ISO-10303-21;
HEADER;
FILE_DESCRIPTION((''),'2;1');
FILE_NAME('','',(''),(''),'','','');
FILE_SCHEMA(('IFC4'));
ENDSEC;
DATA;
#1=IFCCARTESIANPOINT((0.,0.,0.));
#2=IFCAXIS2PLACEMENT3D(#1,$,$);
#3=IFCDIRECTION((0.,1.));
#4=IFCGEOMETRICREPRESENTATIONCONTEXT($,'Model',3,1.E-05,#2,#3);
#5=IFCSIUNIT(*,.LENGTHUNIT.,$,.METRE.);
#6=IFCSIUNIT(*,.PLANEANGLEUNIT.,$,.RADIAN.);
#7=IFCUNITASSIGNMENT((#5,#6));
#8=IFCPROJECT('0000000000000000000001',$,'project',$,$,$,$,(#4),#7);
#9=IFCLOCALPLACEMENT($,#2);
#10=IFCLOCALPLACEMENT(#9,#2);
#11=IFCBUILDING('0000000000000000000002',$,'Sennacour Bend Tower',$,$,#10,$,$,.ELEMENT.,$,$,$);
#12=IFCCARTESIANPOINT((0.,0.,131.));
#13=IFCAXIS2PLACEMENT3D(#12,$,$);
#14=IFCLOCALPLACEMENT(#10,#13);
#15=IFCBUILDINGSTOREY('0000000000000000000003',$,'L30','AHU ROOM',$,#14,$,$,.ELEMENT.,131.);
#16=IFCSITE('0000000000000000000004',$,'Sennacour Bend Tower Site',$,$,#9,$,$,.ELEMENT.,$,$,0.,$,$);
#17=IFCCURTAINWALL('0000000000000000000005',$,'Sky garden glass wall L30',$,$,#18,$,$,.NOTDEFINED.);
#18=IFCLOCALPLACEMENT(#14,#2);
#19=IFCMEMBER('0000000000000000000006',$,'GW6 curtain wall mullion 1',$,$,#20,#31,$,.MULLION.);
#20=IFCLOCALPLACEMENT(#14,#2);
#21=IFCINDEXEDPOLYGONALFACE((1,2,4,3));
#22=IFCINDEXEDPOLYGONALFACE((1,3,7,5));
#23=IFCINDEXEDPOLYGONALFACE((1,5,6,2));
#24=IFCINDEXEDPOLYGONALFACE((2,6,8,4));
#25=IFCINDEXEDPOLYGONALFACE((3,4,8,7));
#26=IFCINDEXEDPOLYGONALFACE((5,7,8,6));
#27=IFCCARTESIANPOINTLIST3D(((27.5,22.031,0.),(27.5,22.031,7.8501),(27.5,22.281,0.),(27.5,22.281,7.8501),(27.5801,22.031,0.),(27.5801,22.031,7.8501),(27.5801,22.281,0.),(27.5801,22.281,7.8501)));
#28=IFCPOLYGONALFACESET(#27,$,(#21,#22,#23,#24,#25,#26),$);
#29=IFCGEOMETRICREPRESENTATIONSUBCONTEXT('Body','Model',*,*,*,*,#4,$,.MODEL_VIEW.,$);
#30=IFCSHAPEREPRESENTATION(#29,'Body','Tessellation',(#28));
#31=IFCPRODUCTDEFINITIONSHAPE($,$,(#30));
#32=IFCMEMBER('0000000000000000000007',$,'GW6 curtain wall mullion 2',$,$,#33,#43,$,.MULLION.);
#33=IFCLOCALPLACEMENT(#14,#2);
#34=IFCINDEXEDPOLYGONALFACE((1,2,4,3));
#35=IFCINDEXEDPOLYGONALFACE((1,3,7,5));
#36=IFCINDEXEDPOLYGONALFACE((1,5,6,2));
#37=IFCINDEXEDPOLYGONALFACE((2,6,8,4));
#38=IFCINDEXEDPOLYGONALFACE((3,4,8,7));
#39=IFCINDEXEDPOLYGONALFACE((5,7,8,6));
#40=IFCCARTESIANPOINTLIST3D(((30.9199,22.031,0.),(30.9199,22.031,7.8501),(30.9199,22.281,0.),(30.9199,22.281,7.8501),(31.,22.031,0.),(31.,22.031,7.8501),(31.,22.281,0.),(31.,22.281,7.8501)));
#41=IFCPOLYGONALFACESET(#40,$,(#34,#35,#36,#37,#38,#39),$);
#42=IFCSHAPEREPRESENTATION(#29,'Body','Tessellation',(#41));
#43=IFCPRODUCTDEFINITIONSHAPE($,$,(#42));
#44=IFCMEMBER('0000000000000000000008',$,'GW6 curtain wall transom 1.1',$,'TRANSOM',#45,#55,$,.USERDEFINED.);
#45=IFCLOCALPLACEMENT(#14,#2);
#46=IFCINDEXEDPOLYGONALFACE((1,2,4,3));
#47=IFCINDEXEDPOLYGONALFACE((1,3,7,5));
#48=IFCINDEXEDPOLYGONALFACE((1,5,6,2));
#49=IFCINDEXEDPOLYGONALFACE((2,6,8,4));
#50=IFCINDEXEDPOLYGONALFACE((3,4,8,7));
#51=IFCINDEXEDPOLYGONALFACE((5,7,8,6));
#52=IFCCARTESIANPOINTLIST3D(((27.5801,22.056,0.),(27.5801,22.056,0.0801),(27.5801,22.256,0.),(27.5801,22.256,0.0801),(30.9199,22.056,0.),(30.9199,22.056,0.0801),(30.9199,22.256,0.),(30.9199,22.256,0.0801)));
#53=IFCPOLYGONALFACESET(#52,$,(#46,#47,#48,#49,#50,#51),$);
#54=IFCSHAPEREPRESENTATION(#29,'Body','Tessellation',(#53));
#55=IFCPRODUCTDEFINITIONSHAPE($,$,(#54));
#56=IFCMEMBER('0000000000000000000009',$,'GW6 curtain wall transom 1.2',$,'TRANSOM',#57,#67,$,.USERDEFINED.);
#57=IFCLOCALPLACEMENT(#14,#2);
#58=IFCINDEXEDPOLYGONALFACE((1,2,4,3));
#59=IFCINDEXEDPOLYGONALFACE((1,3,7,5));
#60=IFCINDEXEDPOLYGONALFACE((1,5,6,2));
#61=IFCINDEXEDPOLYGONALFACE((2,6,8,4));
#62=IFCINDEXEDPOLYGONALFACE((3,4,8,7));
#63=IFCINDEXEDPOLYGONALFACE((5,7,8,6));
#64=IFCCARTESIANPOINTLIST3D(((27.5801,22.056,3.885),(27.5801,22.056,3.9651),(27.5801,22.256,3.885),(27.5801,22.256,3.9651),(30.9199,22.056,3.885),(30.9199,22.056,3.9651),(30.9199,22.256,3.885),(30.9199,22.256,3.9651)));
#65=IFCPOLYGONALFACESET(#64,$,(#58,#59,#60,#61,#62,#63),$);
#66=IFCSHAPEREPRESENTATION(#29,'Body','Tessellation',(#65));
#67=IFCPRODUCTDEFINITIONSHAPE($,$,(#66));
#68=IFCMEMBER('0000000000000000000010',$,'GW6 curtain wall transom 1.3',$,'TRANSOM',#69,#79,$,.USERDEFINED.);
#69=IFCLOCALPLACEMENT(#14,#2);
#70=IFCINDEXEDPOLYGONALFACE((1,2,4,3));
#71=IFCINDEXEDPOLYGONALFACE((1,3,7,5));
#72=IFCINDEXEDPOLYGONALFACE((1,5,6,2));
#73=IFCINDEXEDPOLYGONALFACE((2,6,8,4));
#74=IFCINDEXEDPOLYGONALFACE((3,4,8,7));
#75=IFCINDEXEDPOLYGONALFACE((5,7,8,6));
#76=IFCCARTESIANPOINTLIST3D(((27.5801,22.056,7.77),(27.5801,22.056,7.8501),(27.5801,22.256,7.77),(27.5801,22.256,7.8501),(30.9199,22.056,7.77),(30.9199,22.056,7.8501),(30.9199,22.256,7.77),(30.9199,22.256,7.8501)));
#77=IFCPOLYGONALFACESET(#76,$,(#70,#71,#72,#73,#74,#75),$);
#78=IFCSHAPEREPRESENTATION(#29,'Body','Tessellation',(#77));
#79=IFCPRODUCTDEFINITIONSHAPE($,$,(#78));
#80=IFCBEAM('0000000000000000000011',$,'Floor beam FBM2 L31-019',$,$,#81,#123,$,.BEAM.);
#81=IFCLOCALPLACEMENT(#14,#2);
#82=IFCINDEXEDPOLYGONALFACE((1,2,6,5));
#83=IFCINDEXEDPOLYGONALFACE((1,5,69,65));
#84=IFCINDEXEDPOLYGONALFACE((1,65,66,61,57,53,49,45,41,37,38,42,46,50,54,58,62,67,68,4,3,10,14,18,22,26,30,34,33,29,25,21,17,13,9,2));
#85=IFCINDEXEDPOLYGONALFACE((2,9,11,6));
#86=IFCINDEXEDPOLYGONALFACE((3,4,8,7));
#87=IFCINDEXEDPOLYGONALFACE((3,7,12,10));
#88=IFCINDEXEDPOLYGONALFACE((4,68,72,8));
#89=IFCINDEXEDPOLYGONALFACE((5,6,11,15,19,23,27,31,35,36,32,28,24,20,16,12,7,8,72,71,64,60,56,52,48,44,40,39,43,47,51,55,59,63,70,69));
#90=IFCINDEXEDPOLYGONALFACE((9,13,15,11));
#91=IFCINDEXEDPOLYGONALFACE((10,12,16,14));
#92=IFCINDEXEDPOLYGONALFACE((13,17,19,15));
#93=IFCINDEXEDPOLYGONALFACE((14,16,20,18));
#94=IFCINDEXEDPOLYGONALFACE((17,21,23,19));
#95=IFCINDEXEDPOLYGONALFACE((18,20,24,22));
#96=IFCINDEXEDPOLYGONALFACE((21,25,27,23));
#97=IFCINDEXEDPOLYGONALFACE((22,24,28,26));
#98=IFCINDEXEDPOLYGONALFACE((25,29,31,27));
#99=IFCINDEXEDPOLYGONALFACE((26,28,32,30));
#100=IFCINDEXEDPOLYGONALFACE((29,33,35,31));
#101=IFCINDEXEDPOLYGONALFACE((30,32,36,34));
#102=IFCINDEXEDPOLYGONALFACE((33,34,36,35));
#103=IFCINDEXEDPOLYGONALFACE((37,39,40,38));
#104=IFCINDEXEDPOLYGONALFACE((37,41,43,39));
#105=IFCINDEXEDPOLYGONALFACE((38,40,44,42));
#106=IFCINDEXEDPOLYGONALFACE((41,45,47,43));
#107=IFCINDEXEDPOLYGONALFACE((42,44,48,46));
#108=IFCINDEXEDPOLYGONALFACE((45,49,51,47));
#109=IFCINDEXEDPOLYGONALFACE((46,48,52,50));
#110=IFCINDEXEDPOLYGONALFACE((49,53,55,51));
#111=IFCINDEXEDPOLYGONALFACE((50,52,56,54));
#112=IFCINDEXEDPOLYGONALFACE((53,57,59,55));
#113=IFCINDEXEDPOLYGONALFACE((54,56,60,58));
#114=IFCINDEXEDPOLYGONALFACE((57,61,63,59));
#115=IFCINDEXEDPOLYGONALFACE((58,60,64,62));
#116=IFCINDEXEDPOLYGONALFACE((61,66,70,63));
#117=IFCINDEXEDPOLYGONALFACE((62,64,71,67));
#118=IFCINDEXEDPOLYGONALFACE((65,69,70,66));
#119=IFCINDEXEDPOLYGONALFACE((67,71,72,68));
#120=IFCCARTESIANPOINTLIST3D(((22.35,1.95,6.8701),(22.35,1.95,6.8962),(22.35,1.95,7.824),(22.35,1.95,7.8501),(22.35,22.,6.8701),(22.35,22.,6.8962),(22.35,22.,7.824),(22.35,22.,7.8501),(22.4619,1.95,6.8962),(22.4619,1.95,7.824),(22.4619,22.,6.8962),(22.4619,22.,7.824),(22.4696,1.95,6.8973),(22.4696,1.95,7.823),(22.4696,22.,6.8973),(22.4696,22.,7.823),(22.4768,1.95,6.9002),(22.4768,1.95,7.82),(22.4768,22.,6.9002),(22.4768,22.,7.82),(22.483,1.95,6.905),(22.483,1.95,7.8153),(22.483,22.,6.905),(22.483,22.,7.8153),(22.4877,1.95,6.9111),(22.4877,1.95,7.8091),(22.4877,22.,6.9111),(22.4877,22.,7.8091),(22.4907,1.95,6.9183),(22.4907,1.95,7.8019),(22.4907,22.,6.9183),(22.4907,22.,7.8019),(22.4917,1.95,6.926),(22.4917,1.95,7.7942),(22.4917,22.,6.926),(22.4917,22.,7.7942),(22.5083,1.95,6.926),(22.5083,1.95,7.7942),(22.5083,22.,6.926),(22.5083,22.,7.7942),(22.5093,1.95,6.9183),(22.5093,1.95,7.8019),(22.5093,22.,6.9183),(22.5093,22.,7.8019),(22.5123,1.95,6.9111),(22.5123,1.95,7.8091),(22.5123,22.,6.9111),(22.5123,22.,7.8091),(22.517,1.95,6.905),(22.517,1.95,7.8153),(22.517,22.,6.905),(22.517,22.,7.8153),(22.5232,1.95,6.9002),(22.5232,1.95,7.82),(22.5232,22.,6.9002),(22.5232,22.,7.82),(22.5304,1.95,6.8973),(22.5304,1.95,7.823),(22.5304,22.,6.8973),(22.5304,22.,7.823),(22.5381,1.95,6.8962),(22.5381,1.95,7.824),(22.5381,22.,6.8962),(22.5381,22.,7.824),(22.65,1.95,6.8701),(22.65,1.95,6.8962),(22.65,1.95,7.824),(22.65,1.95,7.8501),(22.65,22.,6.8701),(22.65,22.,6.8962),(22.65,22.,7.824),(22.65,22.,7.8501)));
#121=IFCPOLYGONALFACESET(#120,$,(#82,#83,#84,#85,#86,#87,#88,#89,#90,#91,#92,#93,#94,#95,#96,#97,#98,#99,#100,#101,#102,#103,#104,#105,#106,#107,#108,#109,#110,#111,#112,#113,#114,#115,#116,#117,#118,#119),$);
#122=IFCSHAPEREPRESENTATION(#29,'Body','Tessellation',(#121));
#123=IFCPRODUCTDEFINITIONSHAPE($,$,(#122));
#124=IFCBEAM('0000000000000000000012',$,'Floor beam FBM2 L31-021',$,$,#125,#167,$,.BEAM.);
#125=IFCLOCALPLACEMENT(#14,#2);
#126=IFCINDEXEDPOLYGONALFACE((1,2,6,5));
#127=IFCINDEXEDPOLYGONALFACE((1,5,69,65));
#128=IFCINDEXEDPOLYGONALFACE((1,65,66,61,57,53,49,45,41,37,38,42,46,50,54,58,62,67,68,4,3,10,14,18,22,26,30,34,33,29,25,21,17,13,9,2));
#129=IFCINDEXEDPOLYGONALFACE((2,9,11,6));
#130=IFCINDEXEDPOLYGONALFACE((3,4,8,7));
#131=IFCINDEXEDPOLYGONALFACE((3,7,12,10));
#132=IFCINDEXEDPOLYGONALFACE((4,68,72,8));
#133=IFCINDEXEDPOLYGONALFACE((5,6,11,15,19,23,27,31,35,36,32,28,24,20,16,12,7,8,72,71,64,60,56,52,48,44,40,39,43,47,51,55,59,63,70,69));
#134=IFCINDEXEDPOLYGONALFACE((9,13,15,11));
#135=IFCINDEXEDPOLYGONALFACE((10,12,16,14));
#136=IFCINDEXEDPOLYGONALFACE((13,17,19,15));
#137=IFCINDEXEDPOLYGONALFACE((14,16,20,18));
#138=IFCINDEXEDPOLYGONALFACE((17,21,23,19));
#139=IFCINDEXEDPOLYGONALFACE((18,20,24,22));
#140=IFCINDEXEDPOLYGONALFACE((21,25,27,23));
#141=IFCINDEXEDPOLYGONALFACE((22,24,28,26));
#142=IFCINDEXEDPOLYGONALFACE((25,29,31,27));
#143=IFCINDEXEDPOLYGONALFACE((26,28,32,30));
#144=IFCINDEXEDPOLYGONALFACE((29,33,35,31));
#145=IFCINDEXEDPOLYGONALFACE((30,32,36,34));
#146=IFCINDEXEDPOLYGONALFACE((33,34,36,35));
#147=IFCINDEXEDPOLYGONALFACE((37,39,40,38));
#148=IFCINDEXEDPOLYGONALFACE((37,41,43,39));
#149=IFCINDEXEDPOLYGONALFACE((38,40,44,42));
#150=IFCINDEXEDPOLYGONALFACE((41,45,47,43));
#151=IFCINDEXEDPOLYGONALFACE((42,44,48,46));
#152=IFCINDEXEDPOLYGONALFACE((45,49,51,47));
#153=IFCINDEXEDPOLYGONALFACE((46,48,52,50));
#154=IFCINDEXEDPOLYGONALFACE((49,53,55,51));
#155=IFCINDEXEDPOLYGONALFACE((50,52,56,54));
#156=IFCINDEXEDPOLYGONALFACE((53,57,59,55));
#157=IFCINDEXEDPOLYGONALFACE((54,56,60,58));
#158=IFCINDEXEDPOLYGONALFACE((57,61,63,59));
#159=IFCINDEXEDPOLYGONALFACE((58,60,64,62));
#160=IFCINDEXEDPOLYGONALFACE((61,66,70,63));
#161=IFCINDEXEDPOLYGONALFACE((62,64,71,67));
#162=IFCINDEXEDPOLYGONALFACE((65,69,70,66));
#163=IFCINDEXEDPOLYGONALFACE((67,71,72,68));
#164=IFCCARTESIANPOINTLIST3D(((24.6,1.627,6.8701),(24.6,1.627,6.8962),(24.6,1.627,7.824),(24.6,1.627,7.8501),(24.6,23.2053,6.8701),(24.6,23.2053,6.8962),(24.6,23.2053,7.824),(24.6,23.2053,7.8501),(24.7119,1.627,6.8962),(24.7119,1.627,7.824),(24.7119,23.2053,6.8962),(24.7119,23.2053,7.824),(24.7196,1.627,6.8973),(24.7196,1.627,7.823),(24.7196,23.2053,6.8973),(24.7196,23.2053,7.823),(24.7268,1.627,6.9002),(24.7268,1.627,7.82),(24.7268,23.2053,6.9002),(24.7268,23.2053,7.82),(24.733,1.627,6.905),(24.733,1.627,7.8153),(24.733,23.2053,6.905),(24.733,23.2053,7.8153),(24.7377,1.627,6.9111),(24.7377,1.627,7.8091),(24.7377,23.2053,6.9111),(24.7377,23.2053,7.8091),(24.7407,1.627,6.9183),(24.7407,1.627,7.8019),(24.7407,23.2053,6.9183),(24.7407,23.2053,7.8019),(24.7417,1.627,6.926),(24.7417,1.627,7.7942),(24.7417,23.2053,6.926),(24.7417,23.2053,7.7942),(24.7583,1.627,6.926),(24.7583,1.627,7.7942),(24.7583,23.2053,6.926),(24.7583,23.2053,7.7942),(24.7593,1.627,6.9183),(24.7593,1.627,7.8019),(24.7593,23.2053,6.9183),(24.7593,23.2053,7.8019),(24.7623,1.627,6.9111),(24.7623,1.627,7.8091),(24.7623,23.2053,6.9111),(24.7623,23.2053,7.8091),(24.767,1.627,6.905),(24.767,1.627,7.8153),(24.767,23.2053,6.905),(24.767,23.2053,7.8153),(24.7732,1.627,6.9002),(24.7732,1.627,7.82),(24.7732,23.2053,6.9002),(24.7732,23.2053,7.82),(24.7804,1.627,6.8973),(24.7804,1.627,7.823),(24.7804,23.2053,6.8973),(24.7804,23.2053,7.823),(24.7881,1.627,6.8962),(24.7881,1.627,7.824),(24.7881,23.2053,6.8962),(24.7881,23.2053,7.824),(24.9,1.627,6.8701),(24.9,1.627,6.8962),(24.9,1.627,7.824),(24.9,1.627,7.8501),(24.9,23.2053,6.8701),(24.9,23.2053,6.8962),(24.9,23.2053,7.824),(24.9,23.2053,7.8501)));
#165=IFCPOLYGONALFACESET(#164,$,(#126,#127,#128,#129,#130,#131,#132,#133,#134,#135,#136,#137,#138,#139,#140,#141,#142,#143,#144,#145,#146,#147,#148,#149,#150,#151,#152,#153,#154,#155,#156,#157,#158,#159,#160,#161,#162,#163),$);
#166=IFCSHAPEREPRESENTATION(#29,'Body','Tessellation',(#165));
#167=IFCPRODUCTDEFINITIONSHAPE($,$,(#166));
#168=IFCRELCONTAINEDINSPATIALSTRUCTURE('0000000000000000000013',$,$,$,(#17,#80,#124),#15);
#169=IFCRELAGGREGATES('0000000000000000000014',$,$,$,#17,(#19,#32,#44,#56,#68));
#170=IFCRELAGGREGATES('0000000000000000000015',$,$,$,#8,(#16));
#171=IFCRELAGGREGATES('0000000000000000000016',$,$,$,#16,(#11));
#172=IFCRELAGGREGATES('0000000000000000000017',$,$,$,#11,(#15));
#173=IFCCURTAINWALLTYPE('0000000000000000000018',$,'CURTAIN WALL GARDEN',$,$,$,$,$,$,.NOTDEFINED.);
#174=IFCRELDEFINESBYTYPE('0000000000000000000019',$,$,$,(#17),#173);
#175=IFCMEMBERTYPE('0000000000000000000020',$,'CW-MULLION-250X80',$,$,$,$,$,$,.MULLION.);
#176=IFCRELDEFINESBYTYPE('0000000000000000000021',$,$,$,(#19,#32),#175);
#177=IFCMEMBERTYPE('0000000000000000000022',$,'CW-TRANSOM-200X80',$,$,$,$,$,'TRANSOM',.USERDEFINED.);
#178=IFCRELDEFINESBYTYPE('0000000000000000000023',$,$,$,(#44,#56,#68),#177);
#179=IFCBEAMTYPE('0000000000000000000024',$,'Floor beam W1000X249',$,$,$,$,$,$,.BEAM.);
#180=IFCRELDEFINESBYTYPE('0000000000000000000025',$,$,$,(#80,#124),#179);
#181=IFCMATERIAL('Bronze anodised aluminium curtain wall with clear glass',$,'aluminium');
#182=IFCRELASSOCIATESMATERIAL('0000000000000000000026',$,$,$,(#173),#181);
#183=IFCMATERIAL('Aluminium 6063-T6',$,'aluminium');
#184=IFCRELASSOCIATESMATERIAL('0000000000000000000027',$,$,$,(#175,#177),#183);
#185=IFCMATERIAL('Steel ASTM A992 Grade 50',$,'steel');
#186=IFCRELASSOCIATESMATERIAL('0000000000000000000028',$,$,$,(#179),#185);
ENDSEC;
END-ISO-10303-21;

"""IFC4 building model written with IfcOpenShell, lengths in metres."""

from ifc_helpers import new_model, si_unit, direction, frame, origin, origin_2d, place, context, subcontext, project, spatial, rectangle, i_section, extrude, material, material_profile, profile_set, type_object, element, aggregate, save


model = new_model("IFC4")

# Units and contexts
model_context = context("Model", 3, precision=1e-05, world=origin(), true_north=direction((0.0, 1.0)))
body_context = subcontext(model_context, "Body", "Model", "MODEL_VIEW")
ifc_project = project(units=[si_unit("LENGTHUNIT", "METRE"), si_unit("PLANEANGLEUNIT", "RADIAN")], contexts=[model_context])

# Site, building, storey
site_placement = place(None, origin())
site = spatial("IfcSite", under=ifc_project, at=site_placement, Name="Sennacour Bend Tower Site", CompositionType="ELEMENT", RefElevation=0.0)
building_placement = place(site_placement, origin())
building = spatial("IfcBuilding", under=site, at=building_placement, Name="Sennacour Bend Tower", CompositionType="ELEMENT")
storey_placement = place(building_placement, frame((0.0, 0.0, 131.0)))
storey = spatial("IfcBuildingStorey", under=building, at=storey_placement, Name="L30", Description="AHU ROOM", CompositionType="ELEMENT", Elevation=131.0)

# Shared definitions
ifc_material_1 = material(Name="Steel ASTM A992 Grade 50", Category="steel")

# Curtain wall, members
ifc_material_2 = material(Name="Bronze anodised aluminium curtain wall with clear glass", Category="aluminium")
curtain_wall_type = type_object("IfcCurtainWallType", Name="CURTAIN WALL GARDEN", PredefinedType="NOTDEFINED", material=ifc_material_2)
curtain_wall_placement = place(storey_placement, origin())
curtain_wall = element("IfcCurtainWall", 1, at=curtain_wall_placement, inside=storey, type_object=curtain_wall_type, Name="Sky garden glass wall L30", PredefinedType="NOTDEFINED")
ifc_material_3 = material(Name="Aluminium 6063-T6", Category="aluminium")
ifc_material_profile_1 = material_profile(ifc_material_3, rectangle(XDim=0.25, YDim=0.0801, at=origin_2d()), Name="Aluminium 6063-T6", Category="aluminium")
ifc_profile_set_1 = profile_set([ifc_material_profile_1], Name="Aluminium 6063-T6")
member_type_1 = type_object("IfcMemberType", Name="CW-MULLION-250X80", PredefinedType="MULLION", material=ifc_profile_set_1)
member_1_placement = place(storey_placement, frame((27.54, 22.156, 0.0), z_axis=(0.0, 0.0, 1.0), x_axis=(0.0, 1.0, 0.0)))
member_1 = element("IfcMember", 2, at=member_1_placement, type_object=member_type_1, Name="GW6 curtain wall mullion 1", PredefinedType="MULLION", context=body_context, shape_type="SweptSolid", body=[
    extrude(rectangle(XDim=0.25, YDim=0.0801, at=origin_2d()), origin(), (0.0, 0.0, 1.0), 7.8501),
])
member_2_placement = place(storey_placement, frame((30.96, 22.156, 0.0), z_axis=(0.0, 0.0, 1.0), x_axis=(0.0, 1.0, 0.0)))
member_2 = element("IfcMember", 3, at=member_2_placement, type_object=member_type_1, Name="GW6 curtain wall mullion 2", PredefinedType="MULLION", context=body_context, shape_type="SweptSolid", body=[
    extrude(rectangle(XDim=0.25, YDim=0.0801, at=origin_2d()), origin(), (0.0, 0.0, 1.0), 7.8501),
])
ifc_material_profile_2 = material_profile(ifc_material_3, rectangle(XDim=0.2, YDim=0.0801, at=origin_2d()), Name="Aluminium 6063-T6", Category="aluminium")
ifc_profile_set_2 = profile_set([ifc_material_profile_2], Name="Aluminium 6063-T6")
member_type_2 = type_object("IfcMemberType", Name="CW-TRANSOM-200X80", ElementType="TRANSOM", PredefinedType="USERDEFINED", material=ifc_profile_set_2)
member_3_placement = place(storey_placement, frame((27.5801, 22.156, 0.04), z_axis=(1.0, 0.0, 0.0), x_axis=(0.0, 1.0, 0.0)))
member_3 = element("IfcMember", 4, at=member_3_placement, type_object=member_type_2, Name="GW6 curtain wall transom 1.1", ObjectType="TRANSOM", PredefinedType="USERDEFINED", context=body_context, shape_type="SweptSolid", body=[
    extrude(rectangle(XDim=0.2, YDim=0.0801, at=origin_2d()), origin(), (0.0, 0.0, 1.0), 3.3398),
])
member_4_placement = place(storey_placement, frame((27.5801, 22.156, 3.925), z_axis=(1.0, 0.0, 0.0), x_axis=(0.0, 1.0, 0.0)))
member_4 = element("IfcMember", 5, at=member_4_placement, type_object=member_type_2, Name="GW6 curtain wall transom 1.2", ObjectType="TRANSOM", PredefinedType="USERDEFINED", context=body_context, shape_type="SweptSolid", body=[
    extrude(rectangle(XDim=0.2, YDim=0.0801, at=origin_2d()), origin(), (0.0, 0.0, 1.0), 3.3398),
])
member_5_placement = place(storey_placement, frame((27.5801, 22.156, 7.8101), z_axis=(1.0, 0.0, 0.0), x_axis=(0.0, 1.0, 0.0)))
member_5 = element("IfcMember", 6, at=member_5_placement, type_object=member_type_2, Name="GW6 curtain wall transom 1.3", ObjectType="TRANSOM", PredefinedType="USERDEFINED", context=body_context, shape_type="SweptSolid", body=[
    extrude(rectangle(XDim=0.2, YDim=0.0801, at=origin_2d()), origin(), (0.0, 0.0, 1.0), 3.3398),
])

# Beams
ifc_material_profile_3 = material_profile(ifc_material_1, i_section(OverallWidth=0.3, OverallDepth=0.98, WebThickness=0.0166, FlangeThickness=0.0261, FilletRadius=0.0298, at=origin_2d()), Name="Steel ASTM A992 Grade 50", Category="steel")
ifc_profile_set_3 = profile_set([ifc_material_profile_3], Name="Steel ASTM A992 Grade 50")
beam_type_1 = type_object("IfcBeamType", Name="Floor beam W1000X249", PredefinedType="BEAM", material=ifc_profile_set_3)
beam_1_placement = place(storey_placement, frame((22.5, 1.95, 7.3601), z_axis=(0.0, 1.0, 0.0), x_axis=(-1.0, 0.0, 0.0)))
element("IfcBeam", 7, at=beam_1_placement, inside=storey, type_object=beam_type_1, Name="Floor beam FBM2 L31-019", PredefinedType="BEAM", context=body_context, shape_type="SweptSolid", body=[
    extrude(i_section(OverallWidth=0.3, OverallDepth=0.98, WebThickness=0.0166, FlangeThickness=0.0261, FilletRadius=0.0298, at=origin_2d()), origin(), (0.0, 0.0, 1.0), 20.05),
])
beam_2_placement = place(storey_placement, frame((24.75, 1.627, 7.3601), z_axis=(0.0, 1.0, 0.0), x_axis=(-1.0, 0.0, 0.0)))
element("IfcBeam", 8, at=beam_2_placement, inside=storey, type_object=beam_type_1, Name="Floor beam FBM2 L31-021", PredefinedType="BEAM", context=body_context, shape_type="SweptSolid", body=[
    extrude(i_section(OverallWidth=0.3, OverallDepth=0.98, WebThickness=0.0166, FlangeThickness=0.0261, FilletRadius=0.0298, at=origin_2d()), origin(), (0.0, 0.0, 1.0), 21.5784),
])

aggregate(curtain_wall, [member_1, member_2, member_3, member_4, member_5])

save(model, "model.ifc")
